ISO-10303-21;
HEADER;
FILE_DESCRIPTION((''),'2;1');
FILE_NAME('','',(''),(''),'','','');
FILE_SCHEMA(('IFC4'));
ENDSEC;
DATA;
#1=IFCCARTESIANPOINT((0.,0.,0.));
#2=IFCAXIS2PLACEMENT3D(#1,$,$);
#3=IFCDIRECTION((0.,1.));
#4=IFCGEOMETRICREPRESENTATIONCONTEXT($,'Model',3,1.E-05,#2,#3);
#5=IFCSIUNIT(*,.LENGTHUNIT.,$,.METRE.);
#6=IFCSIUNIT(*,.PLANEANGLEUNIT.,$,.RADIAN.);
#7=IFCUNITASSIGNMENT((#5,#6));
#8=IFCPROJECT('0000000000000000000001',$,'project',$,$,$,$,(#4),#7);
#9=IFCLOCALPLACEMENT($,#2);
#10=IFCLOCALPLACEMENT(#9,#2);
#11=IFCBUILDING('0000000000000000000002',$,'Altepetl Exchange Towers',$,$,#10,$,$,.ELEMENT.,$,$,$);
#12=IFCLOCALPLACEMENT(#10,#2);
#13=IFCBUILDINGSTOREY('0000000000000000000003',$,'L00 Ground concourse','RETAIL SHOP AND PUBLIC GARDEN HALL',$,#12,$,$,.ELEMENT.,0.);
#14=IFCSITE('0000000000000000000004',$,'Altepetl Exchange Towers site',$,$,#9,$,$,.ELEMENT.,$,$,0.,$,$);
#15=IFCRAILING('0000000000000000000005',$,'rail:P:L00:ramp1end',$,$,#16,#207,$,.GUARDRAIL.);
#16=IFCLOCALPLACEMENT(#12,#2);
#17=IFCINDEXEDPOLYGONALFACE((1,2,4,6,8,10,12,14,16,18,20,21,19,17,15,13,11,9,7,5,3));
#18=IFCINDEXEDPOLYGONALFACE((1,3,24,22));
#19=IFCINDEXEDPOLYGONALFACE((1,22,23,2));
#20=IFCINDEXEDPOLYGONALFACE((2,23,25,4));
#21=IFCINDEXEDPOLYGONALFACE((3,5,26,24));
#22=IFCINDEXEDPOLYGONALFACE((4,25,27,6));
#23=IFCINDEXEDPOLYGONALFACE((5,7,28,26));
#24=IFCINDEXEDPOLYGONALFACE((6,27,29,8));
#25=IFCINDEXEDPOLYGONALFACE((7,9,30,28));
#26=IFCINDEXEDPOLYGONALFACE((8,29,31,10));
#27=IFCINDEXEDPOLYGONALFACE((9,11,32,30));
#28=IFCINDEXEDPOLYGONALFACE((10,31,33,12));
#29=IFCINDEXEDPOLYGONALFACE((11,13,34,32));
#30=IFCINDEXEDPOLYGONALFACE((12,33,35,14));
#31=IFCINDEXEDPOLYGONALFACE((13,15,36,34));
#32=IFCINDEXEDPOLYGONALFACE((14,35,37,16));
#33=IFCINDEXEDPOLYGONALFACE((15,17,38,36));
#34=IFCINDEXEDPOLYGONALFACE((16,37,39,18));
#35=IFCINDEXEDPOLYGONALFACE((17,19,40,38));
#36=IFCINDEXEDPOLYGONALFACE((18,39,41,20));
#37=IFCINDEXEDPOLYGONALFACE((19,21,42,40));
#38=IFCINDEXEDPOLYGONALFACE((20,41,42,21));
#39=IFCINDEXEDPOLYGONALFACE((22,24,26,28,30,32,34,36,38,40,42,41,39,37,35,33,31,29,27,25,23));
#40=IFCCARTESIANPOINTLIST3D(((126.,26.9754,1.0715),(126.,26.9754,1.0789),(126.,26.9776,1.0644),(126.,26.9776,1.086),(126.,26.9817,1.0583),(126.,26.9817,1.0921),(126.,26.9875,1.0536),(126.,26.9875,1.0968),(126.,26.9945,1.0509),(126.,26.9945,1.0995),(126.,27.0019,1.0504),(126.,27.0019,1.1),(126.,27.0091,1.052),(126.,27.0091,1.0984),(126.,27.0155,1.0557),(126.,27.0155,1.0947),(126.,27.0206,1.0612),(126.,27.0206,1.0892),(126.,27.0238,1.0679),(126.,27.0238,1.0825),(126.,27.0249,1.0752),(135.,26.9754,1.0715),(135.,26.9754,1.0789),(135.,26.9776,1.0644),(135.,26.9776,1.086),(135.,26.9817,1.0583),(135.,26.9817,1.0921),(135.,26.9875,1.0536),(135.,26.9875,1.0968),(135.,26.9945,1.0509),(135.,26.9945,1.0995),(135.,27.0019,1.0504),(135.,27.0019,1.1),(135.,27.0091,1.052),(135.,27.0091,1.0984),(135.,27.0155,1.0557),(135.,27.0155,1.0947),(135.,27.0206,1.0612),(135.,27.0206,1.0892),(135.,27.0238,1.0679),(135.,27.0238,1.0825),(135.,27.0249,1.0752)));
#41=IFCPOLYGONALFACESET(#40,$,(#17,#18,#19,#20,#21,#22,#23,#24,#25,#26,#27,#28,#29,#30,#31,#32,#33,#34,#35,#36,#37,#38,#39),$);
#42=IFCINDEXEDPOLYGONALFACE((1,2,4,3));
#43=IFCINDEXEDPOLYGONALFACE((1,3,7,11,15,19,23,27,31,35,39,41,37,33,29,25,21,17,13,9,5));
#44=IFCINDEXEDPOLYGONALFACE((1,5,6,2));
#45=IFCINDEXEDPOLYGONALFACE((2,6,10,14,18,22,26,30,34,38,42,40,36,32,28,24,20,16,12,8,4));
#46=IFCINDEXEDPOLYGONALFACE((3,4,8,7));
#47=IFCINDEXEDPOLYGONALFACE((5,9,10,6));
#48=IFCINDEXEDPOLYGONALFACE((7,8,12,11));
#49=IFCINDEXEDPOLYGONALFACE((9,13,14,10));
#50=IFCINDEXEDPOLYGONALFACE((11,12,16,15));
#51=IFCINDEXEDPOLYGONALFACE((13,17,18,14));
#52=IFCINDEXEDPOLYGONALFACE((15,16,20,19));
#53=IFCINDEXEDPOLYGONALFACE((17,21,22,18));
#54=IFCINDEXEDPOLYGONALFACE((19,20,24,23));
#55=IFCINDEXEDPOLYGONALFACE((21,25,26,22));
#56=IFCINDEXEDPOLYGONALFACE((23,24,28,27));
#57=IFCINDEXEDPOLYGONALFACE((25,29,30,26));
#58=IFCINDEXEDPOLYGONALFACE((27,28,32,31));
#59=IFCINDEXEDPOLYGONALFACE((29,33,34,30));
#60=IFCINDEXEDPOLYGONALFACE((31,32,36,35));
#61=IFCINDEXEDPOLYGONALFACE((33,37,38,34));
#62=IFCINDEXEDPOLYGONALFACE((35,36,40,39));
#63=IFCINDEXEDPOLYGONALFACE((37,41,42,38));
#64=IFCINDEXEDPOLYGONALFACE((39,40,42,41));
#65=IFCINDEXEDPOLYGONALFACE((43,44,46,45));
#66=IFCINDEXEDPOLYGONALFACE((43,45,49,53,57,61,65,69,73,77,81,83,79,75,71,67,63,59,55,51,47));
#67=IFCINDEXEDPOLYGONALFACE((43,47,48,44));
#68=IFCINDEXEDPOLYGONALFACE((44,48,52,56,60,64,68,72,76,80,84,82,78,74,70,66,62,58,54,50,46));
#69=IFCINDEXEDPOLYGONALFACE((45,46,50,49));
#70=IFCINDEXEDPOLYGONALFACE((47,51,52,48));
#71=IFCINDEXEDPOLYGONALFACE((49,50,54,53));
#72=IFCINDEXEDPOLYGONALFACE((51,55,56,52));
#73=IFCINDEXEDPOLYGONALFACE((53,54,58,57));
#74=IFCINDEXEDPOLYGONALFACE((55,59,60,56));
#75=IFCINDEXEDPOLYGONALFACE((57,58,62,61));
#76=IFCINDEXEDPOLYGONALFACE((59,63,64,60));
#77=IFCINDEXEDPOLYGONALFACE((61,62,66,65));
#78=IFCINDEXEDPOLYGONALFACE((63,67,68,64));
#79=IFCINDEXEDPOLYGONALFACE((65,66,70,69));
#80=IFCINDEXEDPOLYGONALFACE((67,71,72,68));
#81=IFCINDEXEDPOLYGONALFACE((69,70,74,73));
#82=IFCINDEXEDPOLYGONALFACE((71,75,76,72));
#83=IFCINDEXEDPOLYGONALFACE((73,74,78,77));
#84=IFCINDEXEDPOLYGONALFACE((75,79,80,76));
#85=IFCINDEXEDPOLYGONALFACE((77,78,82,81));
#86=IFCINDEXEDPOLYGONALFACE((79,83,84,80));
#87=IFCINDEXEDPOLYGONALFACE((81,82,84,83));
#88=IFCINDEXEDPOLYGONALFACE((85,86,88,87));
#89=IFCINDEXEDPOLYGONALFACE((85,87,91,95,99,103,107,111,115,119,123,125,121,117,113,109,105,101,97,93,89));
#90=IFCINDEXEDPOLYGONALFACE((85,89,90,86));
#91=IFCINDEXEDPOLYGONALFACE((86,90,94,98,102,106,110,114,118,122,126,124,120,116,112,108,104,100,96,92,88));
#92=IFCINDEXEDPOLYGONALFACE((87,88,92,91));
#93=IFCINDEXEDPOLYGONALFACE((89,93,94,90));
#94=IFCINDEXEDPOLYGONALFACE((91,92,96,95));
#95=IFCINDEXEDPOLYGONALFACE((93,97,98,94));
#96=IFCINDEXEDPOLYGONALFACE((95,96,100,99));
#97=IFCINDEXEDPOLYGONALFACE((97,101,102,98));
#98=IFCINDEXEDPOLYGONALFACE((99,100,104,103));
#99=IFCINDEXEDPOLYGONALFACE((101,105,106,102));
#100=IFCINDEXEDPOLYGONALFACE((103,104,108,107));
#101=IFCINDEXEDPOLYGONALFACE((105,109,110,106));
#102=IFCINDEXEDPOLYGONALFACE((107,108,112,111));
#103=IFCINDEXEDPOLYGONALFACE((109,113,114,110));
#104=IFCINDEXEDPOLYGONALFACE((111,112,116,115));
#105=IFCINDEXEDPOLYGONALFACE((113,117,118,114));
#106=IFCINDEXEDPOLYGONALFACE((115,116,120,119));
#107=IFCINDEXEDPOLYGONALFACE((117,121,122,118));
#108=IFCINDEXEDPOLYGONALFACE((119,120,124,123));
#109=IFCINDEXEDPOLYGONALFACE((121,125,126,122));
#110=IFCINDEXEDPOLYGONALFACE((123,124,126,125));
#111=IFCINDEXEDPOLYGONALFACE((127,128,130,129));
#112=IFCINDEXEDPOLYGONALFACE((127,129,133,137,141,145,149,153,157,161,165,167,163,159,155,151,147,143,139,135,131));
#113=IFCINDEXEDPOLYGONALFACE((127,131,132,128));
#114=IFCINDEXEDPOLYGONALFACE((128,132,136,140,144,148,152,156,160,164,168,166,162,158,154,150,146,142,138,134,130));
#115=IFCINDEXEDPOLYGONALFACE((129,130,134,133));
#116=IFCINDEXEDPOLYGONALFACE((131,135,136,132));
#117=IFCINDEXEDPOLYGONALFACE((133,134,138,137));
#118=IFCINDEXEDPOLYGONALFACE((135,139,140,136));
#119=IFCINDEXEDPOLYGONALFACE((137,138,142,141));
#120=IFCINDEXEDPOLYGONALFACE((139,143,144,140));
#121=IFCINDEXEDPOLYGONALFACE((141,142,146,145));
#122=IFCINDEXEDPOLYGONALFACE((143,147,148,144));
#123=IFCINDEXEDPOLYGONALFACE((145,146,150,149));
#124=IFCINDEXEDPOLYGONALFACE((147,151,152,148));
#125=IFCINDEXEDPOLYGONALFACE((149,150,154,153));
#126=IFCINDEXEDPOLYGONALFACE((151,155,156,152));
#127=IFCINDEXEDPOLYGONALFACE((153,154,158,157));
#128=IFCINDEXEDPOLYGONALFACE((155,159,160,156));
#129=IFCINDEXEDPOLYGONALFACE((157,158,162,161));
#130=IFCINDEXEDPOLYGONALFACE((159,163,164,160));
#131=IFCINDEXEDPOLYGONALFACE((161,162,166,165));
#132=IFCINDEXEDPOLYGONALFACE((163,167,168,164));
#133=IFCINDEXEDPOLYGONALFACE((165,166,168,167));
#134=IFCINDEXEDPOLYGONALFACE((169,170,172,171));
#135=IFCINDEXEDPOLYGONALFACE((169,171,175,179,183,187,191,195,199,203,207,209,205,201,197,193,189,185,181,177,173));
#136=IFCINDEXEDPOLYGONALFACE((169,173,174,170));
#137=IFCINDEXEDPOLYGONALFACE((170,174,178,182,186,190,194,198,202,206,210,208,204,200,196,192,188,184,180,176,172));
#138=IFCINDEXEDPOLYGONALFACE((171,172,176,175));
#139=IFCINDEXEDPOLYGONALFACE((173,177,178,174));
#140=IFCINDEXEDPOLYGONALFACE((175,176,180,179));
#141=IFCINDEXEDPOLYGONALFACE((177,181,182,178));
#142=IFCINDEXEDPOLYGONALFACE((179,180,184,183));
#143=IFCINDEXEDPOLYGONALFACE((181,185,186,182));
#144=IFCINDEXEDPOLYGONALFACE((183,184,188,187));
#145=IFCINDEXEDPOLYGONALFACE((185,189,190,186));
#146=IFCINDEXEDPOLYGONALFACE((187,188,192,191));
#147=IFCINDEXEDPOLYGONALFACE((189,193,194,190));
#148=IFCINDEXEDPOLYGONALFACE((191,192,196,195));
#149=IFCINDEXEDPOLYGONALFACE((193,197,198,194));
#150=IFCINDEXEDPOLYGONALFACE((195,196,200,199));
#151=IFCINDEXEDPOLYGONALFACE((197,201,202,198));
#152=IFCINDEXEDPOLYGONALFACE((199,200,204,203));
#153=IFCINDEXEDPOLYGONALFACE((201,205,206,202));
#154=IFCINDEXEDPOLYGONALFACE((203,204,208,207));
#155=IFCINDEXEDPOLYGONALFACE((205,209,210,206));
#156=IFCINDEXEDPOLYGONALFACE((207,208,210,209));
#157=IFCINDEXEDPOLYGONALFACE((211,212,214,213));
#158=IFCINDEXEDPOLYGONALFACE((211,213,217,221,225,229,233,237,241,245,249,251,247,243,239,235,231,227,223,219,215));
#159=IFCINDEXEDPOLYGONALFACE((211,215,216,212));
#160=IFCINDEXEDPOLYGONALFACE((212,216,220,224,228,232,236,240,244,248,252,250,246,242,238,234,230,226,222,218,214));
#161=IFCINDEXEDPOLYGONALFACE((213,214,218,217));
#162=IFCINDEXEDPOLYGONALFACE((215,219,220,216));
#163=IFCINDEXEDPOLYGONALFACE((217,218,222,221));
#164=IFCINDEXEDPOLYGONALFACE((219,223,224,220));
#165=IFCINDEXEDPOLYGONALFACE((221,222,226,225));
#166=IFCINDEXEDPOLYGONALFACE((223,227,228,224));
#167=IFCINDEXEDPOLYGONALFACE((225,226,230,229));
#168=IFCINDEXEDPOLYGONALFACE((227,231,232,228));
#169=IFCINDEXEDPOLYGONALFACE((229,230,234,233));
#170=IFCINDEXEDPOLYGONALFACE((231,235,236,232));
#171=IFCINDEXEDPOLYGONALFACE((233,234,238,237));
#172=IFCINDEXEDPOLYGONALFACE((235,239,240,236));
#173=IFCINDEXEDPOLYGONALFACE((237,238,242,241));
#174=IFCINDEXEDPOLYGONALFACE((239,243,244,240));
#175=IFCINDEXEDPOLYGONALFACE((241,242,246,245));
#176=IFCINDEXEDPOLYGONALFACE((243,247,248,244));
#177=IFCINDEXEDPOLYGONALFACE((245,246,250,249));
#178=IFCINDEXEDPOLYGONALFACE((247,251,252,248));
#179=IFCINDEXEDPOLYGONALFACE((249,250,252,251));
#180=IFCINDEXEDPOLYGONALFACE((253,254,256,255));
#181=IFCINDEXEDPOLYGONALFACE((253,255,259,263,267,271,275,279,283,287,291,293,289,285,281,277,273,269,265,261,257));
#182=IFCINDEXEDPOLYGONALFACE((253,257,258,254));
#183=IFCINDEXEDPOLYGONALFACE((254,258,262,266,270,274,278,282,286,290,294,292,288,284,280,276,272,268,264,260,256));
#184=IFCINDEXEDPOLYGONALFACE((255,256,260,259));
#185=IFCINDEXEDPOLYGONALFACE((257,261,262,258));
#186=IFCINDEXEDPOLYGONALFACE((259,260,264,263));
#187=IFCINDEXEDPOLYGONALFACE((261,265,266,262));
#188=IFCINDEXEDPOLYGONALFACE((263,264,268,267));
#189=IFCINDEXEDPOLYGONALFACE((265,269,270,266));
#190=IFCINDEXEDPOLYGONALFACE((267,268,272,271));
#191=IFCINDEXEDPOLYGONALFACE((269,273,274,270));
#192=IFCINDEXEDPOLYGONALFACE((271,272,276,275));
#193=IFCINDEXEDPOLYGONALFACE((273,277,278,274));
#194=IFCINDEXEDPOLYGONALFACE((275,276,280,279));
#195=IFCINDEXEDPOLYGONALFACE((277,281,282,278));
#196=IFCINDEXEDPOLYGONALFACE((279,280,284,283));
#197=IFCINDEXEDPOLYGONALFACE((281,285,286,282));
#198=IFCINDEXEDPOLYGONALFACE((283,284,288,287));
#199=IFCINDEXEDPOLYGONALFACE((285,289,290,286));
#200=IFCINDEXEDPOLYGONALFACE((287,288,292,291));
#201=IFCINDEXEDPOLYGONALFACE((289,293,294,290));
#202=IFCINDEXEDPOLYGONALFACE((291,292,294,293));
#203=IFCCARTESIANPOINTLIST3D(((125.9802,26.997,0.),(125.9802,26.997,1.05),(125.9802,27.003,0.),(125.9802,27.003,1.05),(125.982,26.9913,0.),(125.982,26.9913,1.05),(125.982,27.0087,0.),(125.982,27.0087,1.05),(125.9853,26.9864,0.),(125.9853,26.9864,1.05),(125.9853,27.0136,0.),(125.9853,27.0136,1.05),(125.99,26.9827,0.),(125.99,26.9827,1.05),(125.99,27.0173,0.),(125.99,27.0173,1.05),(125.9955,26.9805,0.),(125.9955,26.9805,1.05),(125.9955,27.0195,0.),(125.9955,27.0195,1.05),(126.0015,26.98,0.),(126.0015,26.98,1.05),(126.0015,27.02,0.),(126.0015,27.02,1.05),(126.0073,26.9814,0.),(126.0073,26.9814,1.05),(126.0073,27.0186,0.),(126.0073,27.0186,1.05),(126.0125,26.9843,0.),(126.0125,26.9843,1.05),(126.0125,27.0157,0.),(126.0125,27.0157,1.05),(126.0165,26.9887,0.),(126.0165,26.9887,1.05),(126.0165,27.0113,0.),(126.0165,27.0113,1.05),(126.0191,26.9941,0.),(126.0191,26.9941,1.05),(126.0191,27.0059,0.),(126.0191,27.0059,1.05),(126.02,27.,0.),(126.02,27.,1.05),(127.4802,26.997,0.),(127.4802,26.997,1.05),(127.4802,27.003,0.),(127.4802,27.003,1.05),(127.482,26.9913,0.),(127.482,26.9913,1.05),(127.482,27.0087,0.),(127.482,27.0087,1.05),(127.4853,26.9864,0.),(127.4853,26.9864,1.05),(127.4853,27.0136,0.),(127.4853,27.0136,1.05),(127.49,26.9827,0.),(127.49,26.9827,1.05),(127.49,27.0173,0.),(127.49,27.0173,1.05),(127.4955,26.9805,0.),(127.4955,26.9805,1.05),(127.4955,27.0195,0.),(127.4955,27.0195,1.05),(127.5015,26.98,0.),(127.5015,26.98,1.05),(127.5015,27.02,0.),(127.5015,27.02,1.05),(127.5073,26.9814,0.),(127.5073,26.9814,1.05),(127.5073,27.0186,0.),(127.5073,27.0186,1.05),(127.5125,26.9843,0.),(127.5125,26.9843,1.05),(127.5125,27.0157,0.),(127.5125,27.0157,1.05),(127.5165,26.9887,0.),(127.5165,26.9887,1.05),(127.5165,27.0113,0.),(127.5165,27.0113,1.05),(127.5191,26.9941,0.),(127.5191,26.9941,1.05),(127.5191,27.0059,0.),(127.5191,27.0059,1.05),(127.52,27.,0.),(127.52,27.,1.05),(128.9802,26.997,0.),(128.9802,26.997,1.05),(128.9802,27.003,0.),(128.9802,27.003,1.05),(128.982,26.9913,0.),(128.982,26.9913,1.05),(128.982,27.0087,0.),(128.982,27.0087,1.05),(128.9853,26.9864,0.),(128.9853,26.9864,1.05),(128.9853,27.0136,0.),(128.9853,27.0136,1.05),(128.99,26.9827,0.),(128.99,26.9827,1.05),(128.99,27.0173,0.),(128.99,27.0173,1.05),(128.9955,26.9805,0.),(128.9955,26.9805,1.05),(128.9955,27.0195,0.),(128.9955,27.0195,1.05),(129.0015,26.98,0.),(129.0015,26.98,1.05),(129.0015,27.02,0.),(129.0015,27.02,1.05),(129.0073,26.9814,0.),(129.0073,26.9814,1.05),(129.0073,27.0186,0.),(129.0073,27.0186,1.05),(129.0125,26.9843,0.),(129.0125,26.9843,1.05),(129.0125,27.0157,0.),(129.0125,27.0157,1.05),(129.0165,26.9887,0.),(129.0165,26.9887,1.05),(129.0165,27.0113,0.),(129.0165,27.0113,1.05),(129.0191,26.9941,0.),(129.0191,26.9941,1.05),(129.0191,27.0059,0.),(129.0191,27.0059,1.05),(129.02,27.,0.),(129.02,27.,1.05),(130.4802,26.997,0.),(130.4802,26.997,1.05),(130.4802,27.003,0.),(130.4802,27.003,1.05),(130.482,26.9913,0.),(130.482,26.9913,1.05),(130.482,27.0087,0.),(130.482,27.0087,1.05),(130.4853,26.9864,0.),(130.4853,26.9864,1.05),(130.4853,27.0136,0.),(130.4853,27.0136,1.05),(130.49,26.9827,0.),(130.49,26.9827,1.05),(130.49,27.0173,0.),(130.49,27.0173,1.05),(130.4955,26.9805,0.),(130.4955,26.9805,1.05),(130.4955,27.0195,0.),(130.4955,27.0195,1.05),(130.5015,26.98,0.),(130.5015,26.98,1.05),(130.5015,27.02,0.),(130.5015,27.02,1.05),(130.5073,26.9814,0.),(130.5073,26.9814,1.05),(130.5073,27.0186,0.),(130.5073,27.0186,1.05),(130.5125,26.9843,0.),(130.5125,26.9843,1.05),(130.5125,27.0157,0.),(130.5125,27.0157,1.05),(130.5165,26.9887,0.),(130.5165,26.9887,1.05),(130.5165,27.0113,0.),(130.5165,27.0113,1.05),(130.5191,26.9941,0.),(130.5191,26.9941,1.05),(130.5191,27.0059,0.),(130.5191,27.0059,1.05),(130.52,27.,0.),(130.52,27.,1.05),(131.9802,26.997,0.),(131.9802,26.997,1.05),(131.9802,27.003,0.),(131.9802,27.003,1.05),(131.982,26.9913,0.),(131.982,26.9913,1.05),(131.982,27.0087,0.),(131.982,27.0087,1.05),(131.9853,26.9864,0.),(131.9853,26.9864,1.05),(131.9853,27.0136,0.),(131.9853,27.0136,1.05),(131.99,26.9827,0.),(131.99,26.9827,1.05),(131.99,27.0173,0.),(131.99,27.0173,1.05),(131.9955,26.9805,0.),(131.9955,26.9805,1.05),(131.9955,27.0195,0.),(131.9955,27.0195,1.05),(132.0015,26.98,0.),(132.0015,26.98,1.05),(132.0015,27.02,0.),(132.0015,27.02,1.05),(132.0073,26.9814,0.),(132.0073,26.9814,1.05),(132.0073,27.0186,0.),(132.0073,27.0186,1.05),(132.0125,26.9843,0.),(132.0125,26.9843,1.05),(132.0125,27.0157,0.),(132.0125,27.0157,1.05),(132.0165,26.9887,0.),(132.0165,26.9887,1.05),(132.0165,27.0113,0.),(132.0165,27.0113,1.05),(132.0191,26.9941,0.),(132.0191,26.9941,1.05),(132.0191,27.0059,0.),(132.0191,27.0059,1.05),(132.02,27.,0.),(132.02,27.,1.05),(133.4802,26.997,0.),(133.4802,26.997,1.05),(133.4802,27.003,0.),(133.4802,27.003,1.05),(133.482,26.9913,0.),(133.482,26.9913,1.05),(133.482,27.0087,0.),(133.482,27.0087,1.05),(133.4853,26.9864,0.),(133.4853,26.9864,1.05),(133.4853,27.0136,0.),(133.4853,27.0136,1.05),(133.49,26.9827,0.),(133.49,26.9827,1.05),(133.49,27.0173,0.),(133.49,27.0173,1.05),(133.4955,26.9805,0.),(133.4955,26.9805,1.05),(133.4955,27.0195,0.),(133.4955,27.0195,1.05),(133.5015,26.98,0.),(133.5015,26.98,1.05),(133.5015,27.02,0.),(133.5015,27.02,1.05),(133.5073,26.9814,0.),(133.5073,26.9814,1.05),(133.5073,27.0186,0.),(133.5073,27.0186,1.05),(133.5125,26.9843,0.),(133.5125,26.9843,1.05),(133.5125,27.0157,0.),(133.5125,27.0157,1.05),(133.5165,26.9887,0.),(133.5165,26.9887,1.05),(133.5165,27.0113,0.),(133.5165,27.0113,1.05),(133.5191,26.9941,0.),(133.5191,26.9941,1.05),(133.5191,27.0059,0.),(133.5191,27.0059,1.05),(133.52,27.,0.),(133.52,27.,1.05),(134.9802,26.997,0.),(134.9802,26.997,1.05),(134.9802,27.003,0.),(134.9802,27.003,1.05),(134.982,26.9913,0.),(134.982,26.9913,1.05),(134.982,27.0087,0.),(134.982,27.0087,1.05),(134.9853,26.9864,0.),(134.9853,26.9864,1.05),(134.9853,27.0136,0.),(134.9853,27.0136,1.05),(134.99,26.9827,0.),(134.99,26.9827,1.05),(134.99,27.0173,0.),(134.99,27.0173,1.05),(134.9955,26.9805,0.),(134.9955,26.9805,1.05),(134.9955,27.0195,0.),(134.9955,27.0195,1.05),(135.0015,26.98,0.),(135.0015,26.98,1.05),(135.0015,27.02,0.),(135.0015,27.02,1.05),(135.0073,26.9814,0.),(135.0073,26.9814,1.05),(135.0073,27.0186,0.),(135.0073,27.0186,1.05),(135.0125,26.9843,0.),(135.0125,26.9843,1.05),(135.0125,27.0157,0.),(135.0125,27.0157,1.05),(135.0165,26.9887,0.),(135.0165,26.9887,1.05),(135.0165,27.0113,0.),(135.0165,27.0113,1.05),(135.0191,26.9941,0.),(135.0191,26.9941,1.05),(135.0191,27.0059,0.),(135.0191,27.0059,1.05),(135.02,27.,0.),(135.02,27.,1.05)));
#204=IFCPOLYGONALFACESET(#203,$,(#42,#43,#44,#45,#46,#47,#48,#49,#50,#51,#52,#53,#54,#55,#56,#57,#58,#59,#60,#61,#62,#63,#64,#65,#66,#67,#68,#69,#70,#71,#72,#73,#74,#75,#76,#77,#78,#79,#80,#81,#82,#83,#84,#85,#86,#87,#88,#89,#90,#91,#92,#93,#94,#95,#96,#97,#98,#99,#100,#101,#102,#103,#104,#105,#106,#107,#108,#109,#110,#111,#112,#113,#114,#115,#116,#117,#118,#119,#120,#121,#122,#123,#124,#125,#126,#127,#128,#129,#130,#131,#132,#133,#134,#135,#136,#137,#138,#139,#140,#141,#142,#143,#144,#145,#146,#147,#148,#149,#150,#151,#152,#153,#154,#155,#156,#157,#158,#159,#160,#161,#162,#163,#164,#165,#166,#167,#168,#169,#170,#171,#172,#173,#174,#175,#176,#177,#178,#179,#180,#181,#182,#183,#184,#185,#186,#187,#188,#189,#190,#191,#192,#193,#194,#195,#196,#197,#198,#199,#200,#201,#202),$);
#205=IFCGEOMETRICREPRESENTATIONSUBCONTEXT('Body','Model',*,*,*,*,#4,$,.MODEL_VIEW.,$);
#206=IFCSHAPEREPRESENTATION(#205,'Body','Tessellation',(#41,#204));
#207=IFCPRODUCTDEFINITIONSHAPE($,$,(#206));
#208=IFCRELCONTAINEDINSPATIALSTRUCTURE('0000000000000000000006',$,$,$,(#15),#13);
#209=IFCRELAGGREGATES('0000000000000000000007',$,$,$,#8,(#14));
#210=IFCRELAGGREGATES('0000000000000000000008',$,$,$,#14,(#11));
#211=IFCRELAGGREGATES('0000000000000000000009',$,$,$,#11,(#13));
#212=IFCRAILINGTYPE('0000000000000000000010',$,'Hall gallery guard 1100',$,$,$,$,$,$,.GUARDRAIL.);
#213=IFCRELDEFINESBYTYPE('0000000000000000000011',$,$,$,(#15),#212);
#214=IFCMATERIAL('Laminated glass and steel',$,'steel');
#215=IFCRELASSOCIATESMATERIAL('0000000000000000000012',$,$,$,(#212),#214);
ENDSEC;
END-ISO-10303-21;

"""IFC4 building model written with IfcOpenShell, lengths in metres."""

from ifc_helpers import new_model, si_unit, direction, frame, origin, origin_2d, place, context, subcontext, project, spatial, circle, extrude, source, transform, mapped, material, type_object, element, save


model = new_model("IFC4")

# Units and contexts
model_context = context("Model", 3, precision=1e-05, world=origin(), true_north=direction((0.0, 1.0)))
body_context = subcontext(model_context, "Body", "Model", "MODEL_VIEW")
ifc_project = project(units=[si_unit("LENGTHUNIT", "METRE"), si_unit("PLANEANGLEUNIT", "RADIAN")], contexts=[model_context])

# Site, building, storey
site_placement = place(None, origin())
site = spatial("IfcSite", under=ifc_project, at=site_placement, Name="Altepetl Exchange Towers site", CompositionType="ELEMENT", RefElevation=0.0)
building_placement = place(site_placement, origin())
building = spatial("IfcBuilding", under=site, at=building_placement, Name="Altepetl Exchange Towers", CompositionType="ELEMENT")
storey_placement = place(building_placement, origin())
storey = spatial("IfcBuildingStorey", under=building, at=storey_placement, Name="L00 Ground concourse", Description="RETAIL SHOP AND PUBLIC GARDEN HALL", CompositionType="ELEMENT", Elevation=0.0)

# Railing
ifc_material_1 = material(Name="Laminated glass and steel", Category="steel")
railing_type = type_object("IfcRailingType", Name="Hall gallery guard 1100", PredefinedType="GUARDRAIL", material=ifc_material_1)
shared_shape = source(origin(), body_context, "Body", "SweptSolid", [
    extrude(circle(Radius=0.02, at=origin_2d()), origin(), (0.0, 0.0, 1.0), 1.05),
])
railing_placement = place(storey_placement, frame((126.0, 27.0, 0.0)))
element("IfcRailing", 1, at=railing_placement, inside=storey, type_object=railing_type, Name="rail:P:L00:ramp1end", PredefinedType="GUARDRAIL", context=body_context, shape_type="SweptSolid", body=[
    extrude(circle(Radius=0.0249, at=origin_2d()), frame((0.0, 0.0, 1.0752), z_axis=(1.0, 0.0, 0.0), x_axis=(0.0, 1.0, 0.0)), (0.0, 0.0, 1.0), 9.0),
    mapped(shared_shape, transform((0.0, 0.0, 0.0))),
    mapped(shared_shape, transform((1.5, 0.0, 0.0))),
    mapped(shared_shape, transform((3.0, 0.0, 0.0))),
    mapped(shared_shape, transform((4.5, 0.0, 0.0))),
    mapped(shared_shape, transform((6.0, 0.0, 0.0))),
    mapped(shared_shape, transform((7.5, 0.0, 0.0))),
    mapped(shared_shape, transform((9.0, 0.0, 0.0))),
])

save(model, "model.ifc")
